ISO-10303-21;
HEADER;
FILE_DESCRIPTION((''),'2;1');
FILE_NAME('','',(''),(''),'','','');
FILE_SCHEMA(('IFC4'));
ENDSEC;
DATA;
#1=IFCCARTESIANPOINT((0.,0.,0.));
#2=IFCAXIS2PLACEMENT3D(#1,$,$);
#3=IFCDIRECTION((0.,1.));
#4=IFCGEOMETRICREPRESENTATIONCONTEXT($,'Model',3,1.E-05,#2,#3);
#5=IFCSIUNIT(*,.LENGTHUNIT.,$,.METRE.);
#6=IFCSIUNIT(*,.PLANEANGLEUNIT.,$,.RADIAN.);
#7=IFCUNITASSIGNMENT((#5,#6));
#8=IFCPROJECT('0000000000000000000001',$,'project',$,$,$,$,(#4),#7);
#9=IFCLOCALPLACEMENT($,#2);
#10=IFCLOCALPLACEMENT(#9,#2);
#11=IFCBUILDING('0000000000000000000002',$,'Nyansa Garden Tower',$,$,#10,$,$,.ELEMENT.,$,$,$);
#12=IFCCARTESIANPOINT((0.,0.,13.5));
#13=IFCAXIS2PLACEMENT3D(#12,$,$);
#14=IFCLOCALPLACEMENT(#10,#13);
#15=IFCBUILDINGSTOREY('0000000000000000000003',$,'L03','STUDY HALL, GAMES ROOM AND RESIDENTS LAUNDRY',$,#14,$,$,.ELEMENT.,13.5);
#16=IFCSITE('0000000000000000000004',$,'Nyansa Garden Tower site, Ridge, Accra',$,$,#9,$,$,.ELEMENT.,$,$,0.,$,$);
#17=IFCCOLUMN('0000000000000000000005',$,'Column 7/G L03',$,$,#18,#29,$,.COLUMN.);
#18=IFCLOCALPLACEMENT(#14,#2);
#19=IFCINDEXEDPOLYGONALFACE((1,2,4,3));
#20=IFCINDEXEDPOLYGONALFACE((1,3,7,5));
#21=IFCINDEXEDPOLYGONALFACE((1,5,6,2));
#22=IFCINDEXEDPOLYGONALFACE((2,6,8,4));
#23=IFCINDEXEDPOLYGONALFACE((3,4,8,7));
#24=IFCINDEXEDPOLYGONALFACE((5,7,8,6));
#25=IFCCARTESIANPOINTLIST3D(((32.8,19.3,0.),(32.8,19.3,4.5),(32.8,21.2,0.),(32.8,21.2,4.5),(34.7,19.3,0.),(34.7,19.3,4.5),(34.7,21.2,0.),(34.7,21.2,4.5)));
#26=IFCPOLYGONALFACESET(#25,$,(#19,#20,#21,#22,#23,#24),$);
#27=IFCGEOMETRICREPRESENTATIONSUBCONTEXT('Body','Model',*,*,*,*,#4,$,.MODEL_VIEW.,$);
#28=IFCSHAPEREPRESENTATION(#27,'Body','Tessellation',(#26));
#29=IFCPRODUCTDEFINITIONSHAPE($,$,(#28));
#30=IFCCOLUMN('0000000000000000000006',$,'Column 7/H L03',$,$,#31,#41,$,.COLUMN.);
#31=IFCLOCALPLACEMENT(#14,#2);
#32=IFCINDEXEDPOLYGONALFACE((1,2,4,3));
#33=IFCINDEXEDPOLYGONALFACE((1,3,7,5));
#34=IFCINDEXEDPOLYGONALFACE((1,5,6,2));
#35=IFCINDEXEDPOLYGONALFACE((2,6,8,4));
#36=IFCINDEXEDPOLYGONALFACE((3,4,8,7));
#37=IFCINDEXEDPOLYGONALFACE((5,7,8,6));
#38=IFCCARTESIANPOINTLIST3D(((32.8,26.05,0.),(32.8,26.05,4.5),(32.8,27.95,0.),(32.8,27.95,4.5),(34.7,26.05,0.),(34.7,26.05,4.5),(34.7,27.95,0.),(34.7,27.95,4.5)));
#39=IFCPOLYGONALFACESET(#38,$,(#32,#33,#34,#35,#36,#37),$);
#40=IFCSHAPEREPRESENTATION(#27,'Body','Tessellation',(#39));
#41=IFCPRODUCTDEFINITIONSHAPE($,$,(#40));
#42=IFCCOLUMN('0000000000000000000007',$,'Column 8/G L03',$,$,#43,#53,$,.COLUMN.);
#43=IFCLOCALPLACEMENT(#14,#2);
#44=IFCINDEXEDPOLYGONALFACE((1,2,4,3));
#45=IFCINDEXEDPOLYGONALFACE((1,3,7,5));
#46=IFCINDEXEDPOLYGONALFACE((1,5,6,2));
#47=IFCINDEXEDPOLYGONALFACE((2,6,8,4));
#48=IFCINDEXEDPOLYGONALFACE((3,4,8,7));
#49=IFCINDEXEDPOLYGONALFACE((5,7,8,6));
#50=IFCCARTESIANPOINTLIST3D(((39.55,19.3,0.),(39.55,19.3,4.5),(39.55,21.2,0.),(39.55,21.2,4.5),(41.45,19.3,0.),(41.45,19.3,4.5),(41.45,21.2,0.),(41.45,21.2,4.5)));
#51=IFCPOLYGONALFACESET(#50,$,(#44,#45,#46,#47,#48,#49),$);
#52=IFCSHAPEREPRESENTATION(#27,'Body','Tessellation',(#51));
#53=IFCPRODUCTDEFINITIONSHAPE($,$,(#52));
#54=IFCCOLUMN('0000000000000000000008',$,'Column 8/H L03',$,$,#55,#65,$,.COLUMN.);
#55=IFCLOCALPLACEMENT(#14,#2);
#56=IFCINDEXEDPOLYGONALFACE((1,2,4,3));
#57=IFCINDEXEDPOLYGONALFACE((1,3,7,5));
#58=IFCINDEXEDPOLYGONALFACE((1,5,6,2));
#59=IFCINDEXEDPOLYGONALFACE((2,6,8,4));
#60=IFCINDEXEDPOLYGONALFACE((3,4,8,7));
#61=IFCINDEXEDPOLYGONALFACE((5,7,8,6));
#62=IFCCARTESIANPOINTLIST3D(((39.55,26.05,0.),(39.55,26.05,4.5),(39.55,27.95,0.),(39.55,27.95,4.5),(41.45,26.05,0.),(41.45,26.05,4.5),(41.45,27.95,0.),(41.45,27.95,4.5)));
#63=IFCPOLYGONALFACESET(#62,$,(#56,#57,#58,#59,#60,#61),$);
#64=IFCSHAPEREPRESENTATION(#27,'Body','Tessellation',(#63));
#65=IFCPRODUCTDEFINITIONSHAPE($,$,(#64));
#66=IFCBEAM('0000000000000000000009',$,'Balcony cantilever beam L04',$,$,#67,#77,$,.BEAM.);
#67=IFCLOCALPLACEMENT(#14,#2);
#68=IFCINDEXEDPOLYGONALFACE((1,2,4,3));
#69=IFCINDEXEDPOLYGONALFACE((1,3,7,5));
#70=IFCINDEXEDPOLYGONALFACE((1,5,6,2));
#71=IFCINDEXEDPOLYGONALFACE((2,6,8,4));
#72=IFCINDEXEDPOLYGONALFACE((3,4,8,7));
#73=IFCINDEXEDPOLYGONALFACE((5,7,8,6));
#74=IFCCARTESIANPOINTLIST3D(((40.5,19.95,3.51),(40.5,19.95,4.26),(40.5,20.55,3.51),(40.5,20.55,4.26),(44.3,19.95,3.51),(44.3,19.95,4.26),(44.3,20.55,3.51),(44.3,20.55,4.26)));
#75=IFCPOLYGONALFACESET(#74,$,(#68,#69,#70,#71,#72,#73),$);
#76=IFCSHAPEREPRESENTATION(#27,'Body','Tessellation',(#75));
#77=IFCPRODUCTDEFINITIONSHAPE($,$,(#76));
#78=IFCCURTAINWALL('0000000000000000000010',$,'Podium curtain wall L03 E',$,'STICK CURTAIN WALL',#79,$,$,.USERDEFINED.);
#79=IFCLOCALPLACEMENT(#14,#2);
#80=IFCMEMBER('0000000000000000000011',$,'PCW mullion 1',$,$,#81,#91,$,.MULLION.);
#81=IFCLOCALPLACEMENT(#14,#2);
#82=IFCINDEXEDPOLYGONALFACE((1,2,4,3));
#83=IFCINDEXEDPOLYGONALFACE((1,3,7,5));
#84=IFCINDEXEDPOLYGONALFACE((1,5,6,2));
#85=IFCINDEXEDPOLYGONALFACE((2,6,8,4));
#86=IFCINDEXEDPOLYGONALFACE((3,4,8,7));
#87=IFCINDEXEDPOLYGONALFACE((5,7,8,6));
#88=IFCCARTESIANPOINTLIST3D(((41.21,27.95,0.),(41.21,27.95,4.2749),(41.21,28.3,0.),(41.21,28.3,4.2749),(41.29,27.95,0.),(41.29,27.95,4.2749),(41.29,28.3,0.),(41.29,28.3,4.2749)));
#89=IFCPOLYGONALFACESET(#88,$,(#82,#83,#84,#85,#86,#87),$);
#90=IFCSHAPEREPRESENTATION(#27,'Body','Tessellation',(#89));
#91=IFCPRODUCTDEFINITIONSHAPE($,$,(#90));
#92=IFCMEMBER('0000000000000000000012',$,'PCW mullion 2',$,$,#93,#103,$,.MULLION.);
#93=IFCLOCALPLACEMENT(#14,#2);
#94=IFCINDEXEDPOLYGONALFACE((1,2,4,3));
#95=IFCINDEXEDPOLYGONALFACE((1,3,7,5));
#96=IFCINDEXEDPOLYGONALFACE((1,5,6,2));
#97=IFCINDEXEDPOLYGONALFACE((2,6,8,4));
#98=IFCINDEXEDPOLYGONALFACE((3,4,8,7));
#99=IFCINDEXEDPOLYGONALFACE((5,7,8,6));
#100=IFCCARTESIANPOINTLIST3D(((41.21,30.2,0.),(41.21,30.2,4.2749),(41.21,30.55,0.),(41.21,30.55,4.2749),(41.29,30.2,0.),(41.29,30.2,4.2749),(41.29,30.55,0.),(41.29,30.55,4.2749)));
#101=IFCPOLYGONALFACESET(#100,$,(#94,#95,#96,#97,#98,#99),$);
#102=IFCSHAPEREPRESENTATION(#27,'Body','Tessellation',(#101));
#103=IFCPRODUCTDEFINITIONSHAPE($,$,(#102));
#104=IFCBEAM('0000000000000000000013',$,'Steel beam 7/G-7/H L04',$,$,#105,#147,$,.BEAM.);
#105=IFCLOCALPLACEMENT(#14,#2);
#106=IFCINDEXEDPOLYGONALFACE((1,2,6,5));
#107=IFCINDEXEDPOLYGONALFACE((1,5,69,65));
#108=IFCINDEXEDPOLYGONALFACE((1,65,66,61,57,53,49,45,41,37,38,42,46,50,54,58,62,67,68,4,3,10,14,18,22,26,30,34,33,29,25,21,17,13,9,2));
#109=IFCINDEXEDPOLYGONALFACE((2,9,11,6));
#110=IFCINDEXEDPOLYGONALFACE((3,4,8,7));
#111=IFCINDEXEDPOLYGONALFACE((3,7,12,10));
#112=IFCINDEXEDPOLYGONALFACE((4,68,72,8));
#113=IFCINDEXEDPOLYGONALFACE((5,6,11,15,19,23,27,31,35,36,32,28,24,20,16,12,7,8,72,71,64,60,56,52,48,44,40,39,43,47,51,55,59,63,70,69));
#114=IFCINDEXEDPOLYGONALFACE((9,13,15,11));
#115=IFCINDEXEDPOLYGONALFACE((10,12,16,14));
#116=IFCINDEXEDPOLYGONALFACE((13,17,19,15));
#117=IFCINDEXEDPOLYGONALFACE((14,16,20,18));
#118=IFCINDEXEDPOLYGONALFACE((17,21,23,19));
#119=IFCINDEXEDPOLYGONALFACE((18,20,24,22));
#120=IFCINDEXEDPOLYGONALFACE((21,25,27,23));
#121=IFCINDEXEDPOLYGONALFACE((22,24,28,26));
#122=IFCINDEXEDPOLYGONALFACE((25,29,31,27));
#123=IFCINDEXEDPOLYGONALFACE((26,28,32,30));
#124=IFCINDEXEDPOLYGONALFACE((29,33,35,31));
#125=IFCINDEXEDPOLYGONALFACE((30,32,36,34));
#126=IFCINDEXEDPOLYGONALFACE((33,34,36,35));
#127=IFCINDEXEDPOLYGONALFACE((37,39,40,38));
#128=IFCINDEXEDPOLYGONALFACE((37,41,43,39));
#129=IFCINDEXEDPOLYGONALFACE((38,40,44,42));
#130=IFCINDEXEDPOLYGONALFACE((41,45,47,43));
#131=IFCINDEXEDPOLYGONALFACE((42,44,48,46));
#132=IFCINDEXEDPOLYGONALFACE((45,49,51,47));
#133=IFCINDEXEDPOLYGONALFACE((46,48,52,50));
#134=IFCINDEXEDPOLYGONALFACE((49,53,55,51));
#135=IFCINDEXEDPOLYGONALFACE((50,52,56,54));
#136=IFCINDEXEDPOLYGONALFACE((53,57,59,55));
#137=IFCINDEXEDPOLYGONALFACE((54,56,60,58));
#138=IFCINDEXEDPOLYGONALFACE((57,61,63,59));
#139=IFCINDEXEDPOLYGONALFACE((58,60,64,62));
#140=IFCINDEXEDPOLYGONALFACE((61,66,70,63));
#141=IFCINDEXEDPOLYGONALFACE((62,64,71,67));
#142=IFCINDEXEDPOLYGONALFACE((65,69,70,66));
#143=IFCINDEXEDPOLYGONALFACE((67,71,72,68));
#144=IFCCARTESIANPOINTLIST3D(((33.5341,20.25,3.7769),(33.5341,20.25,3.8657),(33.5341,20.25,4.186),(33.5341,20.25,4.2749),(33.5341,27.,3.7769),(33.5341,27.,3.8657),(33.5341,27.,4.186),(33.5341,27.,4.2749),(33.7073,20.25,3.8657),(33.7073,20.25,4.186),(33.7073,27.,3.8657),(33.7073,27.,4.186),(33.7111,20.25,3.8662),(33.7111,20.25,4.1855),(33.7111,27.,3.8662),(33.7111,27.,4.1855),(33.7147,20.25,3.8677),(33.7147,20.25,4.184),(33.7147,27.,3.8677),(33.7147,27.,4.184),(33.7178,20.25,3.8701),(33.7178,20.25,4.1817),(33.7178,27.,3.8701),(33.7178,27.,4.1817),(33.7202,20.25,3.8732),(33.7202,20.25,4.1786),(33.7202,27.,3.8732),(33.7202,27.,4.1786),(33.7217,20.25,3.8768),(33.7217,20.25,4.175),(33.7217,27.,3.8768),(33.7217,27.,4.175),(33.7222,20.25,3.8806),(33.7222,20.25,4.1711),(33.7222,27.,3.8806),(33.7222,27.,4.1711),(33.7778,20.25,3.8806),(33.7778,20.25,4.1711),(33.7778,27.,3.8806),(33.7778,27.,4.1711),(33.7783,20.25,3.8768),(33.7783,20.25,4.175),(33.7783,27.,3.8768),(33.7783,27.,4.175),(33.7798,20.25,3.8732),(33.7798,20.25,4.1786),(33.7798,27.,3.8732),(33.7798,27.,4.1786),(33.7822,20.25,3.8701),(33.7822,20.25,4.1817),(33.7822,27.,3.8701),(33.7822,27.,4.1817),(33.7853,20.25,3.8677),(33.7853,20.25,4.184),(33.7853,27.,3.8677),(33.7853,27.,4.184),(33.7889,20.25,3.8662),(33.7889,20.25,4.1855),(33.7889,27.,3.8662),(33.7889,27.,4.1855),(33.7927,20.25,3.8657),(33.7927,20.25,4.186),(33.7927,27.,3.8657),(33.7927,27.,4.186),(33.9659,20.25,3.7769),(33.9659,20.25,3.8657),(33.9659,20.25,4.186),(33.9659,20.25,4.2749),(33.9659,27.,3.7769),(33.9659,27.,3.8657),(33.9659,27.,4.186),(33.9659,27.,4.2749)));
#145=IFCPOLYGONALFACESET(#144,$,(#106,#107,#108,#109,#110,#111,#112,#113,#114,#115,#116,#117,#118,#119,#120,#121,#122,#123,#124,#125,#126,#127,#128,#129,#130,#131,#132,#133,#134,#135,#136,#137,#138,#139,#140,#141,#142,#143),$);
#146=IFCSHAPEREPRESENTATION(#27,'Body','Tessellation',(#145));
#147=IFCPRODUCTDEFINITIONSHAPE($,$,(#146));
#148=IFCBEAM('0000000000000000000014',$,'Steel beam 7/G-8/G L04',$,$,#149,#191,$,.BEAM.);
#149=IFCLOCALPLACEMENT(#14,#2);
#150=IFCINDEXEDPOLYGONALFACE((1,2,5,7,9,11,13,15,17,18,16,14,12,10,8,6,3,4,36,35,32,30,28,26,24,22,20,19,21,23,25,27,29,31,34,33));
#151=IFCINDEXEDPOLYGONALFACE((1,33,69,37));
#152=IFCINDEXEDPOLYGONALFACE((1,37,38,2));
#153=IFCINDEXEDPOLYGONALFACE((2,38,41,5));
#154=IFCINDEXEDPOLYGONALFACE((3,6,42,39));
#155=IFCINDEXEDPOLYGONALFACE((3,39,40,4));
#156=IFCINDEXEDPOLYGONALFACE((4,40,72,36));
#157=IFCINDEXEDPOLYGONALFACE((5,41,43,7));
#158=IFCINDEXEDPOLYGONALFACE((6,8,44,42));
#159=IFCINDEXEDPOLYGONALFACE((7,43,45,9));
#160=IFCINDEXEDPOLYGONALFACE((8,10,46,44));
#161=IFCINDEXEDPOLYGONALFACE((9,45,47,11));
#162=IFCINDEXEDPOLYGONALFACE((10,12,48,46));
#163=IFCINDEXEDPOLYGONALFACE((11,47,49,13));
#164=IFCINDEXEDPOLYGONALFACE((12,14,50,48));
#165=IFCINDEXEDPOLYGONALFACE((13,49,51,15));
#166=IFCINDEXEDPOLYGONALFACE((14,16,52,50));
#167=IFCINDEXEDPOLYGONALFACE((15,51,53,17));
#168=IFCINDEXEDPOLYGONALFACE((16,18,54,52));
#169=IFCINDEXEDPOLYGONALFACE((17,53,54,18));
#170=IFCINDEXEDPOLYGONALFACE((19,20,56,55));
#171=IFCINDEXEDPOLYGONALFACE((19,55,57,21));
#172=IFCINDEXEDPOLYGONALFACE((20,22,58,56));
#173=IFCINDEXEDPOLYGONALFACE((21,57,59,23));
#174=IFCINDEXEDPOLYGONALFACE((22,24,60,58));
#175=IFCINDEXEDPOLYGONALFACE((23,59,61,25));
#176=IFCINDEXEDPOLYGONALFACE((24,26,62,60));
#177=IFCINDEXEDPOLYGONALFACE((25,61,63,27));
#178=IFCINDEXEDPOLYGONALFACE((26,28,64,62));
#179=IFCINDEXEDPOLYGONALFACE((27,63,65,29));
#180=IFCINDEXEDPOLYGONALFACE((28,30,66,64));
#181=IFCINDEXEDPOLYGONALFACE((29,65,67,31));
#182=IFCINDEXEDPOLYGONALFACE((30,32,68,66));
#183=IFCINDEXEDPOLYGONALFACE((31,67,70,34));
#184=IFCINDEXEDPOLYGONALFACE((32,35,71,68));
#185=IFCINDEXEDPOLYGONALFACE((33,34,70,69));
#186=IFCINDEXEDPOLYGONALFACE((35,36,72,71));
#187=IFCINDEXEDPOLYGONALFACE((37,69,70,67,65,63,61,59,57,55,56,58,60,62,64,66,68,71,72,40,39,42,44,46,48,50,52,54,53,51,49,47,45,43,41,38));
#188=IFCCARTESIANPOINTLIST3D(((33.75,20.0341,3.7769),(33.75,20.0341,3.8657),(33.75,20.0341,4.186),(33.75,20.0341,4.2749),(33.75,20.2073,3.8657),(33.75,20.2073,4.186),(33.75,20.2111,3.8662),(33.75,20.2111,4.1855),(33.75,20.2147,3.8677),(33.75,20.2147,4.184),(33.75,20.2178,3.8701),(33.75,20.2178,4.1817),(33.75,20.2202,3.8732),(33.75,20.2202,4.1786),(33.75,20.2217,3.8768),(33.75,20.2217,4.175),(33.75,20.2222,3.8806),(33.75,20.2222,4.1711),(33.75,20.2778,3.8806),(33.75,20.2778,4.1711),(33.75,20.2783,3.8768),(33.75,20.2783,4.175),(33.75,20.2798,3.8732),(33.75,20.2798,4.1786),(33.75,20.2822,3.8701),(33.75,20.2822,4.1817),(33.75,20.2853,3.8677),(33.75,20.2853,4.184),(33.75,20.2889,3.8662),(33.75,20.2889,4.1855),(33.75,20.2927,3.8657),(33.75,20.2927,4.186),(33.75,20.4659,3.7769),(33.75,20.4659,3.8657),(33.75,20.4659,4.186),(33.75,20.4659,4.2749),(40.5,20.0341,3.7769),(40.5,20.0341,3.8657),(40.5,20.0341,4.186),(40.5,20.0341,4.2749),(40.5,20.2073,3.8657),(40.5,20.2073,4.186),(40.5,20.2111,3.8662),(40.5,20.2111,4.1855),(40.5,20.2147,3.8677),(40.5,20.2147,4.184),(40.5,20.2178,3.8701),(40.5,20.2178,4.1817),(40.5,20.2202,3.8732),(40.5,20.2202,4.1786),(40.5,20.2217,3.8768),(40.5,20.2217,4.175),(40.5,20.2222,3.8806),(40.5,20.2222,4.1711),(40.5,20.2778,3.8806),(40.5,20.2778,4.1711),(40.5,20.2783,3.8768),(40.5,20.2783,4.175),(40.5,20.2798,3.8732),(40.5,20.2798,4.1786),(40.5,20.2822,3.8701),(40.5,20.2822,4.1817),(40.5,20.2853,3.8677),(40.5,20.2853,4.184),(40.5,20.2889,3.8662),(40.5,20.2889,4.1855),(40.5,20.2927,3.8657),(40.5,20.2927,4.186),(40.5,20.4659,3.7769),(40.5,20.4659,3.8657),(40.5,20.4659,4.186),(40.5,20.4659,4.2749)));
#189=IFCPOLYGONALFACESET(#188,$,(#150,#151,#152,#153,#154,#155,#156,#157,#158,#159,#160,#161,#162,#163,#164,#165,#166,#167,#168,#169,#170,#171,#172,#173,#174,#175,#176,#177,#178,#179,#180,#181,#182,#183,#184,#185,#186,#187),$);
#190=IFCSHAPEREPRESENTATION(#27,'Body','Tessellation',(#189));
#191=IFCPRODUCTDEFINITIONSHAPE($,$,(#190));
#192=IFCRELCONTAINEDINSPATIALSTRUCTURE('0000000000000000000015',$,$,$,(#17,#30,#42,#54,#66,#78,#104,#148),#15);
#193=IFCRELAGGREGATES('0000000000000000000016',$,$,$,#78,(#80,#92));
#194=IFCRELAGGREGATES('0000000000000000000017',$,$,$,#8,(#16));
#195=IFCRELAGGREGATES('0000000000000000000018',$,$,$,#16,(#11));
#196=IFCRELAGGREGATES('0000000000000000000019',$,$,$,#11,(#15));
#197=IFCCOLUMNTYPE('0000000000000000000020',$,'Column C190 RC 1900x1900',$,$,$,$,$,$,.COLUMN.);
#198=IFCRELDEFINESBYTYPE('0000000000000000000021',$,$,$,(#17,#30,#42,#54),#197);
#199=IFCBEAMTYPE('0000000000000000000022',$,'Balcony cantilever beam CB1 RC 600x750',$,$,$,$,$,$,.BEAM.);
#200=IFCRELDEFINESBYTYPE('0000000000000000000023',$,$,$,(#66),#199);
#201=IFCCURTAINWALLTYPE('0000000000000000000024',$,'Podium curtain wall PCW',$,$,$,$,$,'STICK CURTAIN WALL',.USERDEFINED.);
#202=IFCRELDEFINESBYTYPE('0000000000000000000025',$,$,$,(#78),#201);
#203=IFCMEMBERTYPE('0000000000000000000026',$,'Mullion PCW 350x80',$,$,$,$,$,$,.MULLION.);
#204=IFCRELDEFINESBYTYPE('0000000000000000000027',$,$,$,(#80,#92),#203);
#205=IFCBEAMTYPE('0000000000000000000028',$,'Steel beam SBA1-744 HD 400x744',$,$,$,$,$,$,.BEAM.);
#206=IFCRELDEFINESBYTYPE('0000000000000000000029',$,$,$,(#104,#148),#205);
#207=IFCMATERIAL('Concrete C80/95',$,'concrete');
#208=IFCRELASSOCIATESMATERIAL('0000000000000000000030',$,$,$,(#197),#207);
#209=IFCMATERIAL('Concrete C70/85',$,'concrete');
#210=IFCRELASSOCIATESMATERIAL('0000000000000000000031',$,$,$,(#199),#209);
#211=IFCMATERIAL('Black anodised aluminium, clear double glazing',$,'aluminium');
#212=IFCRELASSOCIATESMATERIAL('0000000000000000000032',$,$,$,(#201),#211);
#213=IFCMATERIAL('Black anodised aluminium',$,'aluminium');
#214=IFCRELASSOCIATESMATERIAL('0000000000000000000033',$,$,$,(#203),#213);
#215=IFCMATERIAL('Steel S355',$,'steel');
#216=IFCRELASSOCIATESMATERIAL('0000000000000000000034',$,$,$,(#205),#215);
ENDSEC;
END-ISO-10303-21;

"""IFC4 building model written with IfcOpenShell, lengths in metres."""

from ifc_helpers import new_model, si_unit, direction, frame, origin, origin_2d, place, context, subcontext, project, spatial, rectangle, i_section, extrude, material, material_profile, profile_set, type_object, element, aggregate, save


model = new_model("IFC4")

# Units and contexts
model_context = context("Model", 3, precision=1e-05, world=origin(), true_north=direction((0.0, 1.0)))
body_context = subcontext(model_context, "Body", "Model", "MODEL_VIEW")
ifc_project = project(units=[si_unit("LENGTHUNIT", "METRE"), si_unit("PLANEANGLEUNIT", "RADIAN")], contexts=[model_context])

# Site, building, storey
site_placement = place(None, origin())
site = spatial("IfcSite", under=ifc_project, at=site_placement, Name="Nyansa Garden Tower site, Ridge, Accra", CompositionType="ELEMENT", RefElevation=0.0)
building_placement = place(site_placement, origin())
building = spatial("IfcBuilding", under=site, at=building_placement, Name="Nyansa Garden Tower", CompositionType="ELEMENT")
storey_placement = place(building_placement, frame((0.0, 0.0, 13.5)))
storey = spatial("IfcBuildingStorey", under=building, at=storey_placement, Name="L03", Description="STUDY HALL, GAMES ROOM AND RESIDENTS LAUNDRY", CompositionType="ELEMENT", Elevation=13.5)

# Columns
ifc_material_1 = material(Name="Concrete C80/95", Category="concrete")
ifc_material_profile_1 = material_profile(ifc_material_1, rectangle(XDim=1.8999, YDim=1.8999, at=origin_2d()), Name="RC 1900x1900")
ifc_profile_set_1 = profile_set([ifc_material_profile_1], Name="Concrete C80/95")
column_type = type_object("IfcColumnType", Name="Column C190 RC 1900x1900", PredefinedType="COLUMN", material=ifc_profile_set_1)
for number, where, z_axis, x_axis, name in (
    (1, (33.75, 20.25, 0.0), (0.0, 0.0, 1.0), (1.0, 0.0, 0.0), "Column 7/G L03"),
    (2, (33.75, 27.0, 0.0), (0.0, 0.0, 1.0), (1.0, 0.0, 0.0), "Column 7/H L03"),
    (3, (40.5, 20.25, 0.0), (0.0, 0.0, 1.0), (1.0, 0.0, 0.0), "Column 8/G L03"),
    (4, (40.5, 27.0, 0.0), (0.0, 0.0, 1.0), (1.0, 0.0, 0.0), "Column 8/H L03"),
):
    element("IfcColumn", number, at=place(storey_placement, frame(where, z_axis=z_axis, x_axis=x_axis)), inside=storey, type_object=column_type, Name=name, PredefinedType="COLUMN", context=body_context, shape_type="SweptSolid", body=[
        extrude(rectangle(XDim=1.8999, YDim=1.8999, at=origin_2d()), origin(), (0.0, 0.0, 1.0), 4.5),
    ])

# Beam
ifc_material_2 = material(Name="Concrete C70/85", Category="concrete")
ifc_material_profile_2 = material_profile(ifc_material_2, rectangle(XDim=0.6001, YDim=0.75, at=origin_2d()), Name="RC 600x750")
ifc_profile_set_2 = profile_set([ifc_material_profile_2], Name="Concrete C70/85")
beam_type_1 = type_object("IfcBeamType", Name="Balcony cantilever beam CB1 RC 600x750", PredefinedType="BEAM", material=ifc_profile_set_2)
beam_1_placement = place(storey_placement, frame((40.5, 20.25, 3.885), z_axis=(1.0, 0.0, 0.0), x_axis=(0.0, 1.0, 0.0)))
element("IfcBeam", 5, at=beam_1_placement, inside=storey, type_object=beam_type_1, Name="Balcony cantilever beam L04", PredefinedType="BEAM", context=body_context, shape_type="SweptSolid", body=[
    extrude(rectangle(XDim=0.6001, YDim=0.75, at=origin_2d()), origin(), (0.0, 0.0, 1.0), 3.8),
])

# Curtain wall, members
ifc_material_3 = material(Name="Black anodised aluminium, clear double glazing", Category="aluminium")
curtain_wall_type = type_object("IfcCurtainWallType", Name="Podium curtain wall PCW", ElementType="STICK CURTAIN WALL", PredefinedType="USERDEFINED", material=ifc_material_3)
curtain_wall_placement = place(storey_placement, origin())
curtain_wall = element("IfcCurtainWall", 6, at=curtain_wall_placement, inside=storey, type_object=curtain_wall_type, Name="Podium curtain wall L03 E", ObjectType="STICK CURTAIN WALL", PredefinedType="USERDEFINED")
ifc_material_4 = material(Name="Black anodised aluminium", Category="aluminium")
ifc_material_profile_3 = material_profile(ifc_material_4, rectangle(XDim=0.0801, YDim=0.3501, at=origin_2d()), Name="Mullion 350x80")
ifc_profile_set_3 = profile_set([ifc_material_profile_3], Name="Black anodised aluminium")
member_type_1 = type_object("IfcMemberType", Name="Mullion PCW 350x80", PredefinedType="MULLION", material=ifc_profile_set_3)
member_1_placement = place(storey_placement, frame((41.25, 28.125, 0.0), z_axis=(0.0, 0.0, 1.0), x_axis=(-1.0, 0.0, 0.0)))
member_1 = element("IfcMember", 7, at=member_1_placement, type_object=member_type_1, Name="PCW mullion 1", PredefinedType="MULLION", context=body_context, shape_type="SweptSolid", body=[
    extrude(rectangle(XDim=0.0801, YDim=0.3501, at=origin_2d()), origin(), (0.0, 0.0, 1.0), 4.2749),
])
member_2_placement = place(storey_placement, frame((41.25, 30.375, 0.0), z_axis=(0.0, 0.0, 1.0), x_axis=(-1.0, 0.0, 0.0)))
member_2 = element("IfcMember", 8, at=member_2_placement, type_object=member_type_1, Name="PCW mullion 2", PredefinedType="MULLION", context=body_context, shape_type="SweptSolid", body=[
    extrude(rectangle(XDim=0.0801, YDim=0.3501, at=origin_2d()), origin(), (0.0, 0.0, 1.0), 4.2749),
])

# Beams
ifc_material_5 = material(Name="Steel S355", Category="steel")
ifc_material_profile_4 = material_profile(ifc_material_5, i_section(OverallWidth=0.4319, OverallDepth=0.498, WebThickness=0.0557, FlangeThickness=0.0889, FilletRadius=0.0149, at=origin_2d()), Name="HD 400x744")
ifc_profile_set_4 = profile_set([ifc_material_profile_4], Name="Steel S355")
beam_type_2 = type_object("IfcBeamType", Name="Steel beam SBA1-744 HD 400x744", PredefinedType="BEAM", material=ifc_profile_set_4)
for number, where, z_axis, x_axis, name in (
    (9, (33.75, 20.25, 4.0259), (0.0, 1.0, 0.0), (-1.0, 0.0, 0.0), "Steel beam 7/G-7/H L04"),
    (10, (33.75, 20.25, 4.0259), (1.0, 0.0, 0.0), (0.0, 1.0, 0.0), "Steel beam 7/G-8/G L04"),
):
    element("IfcBeam", number, at=place(storey_placement, frame(where, z_axis=z_axis, x_axis=x_axis)), inside=storey, type_object=beam_type_2, Name=name, PredefinedType="BEAM", context=body_context, shape_type="SweptSolid", body=[
        extrude(i_section(OverallWidth=0.4319, OverallDepth=0.498, WebThickness=0.0557, FlangeThickness=0.0889, FilletRadius=0.0149, at=origin_2d()), origin(), (0.0, 0.0, 1.0), 6.75),
    ])

aggregate(curtain_wall, [member_1, member_2])

save(model, "model.ifc")
